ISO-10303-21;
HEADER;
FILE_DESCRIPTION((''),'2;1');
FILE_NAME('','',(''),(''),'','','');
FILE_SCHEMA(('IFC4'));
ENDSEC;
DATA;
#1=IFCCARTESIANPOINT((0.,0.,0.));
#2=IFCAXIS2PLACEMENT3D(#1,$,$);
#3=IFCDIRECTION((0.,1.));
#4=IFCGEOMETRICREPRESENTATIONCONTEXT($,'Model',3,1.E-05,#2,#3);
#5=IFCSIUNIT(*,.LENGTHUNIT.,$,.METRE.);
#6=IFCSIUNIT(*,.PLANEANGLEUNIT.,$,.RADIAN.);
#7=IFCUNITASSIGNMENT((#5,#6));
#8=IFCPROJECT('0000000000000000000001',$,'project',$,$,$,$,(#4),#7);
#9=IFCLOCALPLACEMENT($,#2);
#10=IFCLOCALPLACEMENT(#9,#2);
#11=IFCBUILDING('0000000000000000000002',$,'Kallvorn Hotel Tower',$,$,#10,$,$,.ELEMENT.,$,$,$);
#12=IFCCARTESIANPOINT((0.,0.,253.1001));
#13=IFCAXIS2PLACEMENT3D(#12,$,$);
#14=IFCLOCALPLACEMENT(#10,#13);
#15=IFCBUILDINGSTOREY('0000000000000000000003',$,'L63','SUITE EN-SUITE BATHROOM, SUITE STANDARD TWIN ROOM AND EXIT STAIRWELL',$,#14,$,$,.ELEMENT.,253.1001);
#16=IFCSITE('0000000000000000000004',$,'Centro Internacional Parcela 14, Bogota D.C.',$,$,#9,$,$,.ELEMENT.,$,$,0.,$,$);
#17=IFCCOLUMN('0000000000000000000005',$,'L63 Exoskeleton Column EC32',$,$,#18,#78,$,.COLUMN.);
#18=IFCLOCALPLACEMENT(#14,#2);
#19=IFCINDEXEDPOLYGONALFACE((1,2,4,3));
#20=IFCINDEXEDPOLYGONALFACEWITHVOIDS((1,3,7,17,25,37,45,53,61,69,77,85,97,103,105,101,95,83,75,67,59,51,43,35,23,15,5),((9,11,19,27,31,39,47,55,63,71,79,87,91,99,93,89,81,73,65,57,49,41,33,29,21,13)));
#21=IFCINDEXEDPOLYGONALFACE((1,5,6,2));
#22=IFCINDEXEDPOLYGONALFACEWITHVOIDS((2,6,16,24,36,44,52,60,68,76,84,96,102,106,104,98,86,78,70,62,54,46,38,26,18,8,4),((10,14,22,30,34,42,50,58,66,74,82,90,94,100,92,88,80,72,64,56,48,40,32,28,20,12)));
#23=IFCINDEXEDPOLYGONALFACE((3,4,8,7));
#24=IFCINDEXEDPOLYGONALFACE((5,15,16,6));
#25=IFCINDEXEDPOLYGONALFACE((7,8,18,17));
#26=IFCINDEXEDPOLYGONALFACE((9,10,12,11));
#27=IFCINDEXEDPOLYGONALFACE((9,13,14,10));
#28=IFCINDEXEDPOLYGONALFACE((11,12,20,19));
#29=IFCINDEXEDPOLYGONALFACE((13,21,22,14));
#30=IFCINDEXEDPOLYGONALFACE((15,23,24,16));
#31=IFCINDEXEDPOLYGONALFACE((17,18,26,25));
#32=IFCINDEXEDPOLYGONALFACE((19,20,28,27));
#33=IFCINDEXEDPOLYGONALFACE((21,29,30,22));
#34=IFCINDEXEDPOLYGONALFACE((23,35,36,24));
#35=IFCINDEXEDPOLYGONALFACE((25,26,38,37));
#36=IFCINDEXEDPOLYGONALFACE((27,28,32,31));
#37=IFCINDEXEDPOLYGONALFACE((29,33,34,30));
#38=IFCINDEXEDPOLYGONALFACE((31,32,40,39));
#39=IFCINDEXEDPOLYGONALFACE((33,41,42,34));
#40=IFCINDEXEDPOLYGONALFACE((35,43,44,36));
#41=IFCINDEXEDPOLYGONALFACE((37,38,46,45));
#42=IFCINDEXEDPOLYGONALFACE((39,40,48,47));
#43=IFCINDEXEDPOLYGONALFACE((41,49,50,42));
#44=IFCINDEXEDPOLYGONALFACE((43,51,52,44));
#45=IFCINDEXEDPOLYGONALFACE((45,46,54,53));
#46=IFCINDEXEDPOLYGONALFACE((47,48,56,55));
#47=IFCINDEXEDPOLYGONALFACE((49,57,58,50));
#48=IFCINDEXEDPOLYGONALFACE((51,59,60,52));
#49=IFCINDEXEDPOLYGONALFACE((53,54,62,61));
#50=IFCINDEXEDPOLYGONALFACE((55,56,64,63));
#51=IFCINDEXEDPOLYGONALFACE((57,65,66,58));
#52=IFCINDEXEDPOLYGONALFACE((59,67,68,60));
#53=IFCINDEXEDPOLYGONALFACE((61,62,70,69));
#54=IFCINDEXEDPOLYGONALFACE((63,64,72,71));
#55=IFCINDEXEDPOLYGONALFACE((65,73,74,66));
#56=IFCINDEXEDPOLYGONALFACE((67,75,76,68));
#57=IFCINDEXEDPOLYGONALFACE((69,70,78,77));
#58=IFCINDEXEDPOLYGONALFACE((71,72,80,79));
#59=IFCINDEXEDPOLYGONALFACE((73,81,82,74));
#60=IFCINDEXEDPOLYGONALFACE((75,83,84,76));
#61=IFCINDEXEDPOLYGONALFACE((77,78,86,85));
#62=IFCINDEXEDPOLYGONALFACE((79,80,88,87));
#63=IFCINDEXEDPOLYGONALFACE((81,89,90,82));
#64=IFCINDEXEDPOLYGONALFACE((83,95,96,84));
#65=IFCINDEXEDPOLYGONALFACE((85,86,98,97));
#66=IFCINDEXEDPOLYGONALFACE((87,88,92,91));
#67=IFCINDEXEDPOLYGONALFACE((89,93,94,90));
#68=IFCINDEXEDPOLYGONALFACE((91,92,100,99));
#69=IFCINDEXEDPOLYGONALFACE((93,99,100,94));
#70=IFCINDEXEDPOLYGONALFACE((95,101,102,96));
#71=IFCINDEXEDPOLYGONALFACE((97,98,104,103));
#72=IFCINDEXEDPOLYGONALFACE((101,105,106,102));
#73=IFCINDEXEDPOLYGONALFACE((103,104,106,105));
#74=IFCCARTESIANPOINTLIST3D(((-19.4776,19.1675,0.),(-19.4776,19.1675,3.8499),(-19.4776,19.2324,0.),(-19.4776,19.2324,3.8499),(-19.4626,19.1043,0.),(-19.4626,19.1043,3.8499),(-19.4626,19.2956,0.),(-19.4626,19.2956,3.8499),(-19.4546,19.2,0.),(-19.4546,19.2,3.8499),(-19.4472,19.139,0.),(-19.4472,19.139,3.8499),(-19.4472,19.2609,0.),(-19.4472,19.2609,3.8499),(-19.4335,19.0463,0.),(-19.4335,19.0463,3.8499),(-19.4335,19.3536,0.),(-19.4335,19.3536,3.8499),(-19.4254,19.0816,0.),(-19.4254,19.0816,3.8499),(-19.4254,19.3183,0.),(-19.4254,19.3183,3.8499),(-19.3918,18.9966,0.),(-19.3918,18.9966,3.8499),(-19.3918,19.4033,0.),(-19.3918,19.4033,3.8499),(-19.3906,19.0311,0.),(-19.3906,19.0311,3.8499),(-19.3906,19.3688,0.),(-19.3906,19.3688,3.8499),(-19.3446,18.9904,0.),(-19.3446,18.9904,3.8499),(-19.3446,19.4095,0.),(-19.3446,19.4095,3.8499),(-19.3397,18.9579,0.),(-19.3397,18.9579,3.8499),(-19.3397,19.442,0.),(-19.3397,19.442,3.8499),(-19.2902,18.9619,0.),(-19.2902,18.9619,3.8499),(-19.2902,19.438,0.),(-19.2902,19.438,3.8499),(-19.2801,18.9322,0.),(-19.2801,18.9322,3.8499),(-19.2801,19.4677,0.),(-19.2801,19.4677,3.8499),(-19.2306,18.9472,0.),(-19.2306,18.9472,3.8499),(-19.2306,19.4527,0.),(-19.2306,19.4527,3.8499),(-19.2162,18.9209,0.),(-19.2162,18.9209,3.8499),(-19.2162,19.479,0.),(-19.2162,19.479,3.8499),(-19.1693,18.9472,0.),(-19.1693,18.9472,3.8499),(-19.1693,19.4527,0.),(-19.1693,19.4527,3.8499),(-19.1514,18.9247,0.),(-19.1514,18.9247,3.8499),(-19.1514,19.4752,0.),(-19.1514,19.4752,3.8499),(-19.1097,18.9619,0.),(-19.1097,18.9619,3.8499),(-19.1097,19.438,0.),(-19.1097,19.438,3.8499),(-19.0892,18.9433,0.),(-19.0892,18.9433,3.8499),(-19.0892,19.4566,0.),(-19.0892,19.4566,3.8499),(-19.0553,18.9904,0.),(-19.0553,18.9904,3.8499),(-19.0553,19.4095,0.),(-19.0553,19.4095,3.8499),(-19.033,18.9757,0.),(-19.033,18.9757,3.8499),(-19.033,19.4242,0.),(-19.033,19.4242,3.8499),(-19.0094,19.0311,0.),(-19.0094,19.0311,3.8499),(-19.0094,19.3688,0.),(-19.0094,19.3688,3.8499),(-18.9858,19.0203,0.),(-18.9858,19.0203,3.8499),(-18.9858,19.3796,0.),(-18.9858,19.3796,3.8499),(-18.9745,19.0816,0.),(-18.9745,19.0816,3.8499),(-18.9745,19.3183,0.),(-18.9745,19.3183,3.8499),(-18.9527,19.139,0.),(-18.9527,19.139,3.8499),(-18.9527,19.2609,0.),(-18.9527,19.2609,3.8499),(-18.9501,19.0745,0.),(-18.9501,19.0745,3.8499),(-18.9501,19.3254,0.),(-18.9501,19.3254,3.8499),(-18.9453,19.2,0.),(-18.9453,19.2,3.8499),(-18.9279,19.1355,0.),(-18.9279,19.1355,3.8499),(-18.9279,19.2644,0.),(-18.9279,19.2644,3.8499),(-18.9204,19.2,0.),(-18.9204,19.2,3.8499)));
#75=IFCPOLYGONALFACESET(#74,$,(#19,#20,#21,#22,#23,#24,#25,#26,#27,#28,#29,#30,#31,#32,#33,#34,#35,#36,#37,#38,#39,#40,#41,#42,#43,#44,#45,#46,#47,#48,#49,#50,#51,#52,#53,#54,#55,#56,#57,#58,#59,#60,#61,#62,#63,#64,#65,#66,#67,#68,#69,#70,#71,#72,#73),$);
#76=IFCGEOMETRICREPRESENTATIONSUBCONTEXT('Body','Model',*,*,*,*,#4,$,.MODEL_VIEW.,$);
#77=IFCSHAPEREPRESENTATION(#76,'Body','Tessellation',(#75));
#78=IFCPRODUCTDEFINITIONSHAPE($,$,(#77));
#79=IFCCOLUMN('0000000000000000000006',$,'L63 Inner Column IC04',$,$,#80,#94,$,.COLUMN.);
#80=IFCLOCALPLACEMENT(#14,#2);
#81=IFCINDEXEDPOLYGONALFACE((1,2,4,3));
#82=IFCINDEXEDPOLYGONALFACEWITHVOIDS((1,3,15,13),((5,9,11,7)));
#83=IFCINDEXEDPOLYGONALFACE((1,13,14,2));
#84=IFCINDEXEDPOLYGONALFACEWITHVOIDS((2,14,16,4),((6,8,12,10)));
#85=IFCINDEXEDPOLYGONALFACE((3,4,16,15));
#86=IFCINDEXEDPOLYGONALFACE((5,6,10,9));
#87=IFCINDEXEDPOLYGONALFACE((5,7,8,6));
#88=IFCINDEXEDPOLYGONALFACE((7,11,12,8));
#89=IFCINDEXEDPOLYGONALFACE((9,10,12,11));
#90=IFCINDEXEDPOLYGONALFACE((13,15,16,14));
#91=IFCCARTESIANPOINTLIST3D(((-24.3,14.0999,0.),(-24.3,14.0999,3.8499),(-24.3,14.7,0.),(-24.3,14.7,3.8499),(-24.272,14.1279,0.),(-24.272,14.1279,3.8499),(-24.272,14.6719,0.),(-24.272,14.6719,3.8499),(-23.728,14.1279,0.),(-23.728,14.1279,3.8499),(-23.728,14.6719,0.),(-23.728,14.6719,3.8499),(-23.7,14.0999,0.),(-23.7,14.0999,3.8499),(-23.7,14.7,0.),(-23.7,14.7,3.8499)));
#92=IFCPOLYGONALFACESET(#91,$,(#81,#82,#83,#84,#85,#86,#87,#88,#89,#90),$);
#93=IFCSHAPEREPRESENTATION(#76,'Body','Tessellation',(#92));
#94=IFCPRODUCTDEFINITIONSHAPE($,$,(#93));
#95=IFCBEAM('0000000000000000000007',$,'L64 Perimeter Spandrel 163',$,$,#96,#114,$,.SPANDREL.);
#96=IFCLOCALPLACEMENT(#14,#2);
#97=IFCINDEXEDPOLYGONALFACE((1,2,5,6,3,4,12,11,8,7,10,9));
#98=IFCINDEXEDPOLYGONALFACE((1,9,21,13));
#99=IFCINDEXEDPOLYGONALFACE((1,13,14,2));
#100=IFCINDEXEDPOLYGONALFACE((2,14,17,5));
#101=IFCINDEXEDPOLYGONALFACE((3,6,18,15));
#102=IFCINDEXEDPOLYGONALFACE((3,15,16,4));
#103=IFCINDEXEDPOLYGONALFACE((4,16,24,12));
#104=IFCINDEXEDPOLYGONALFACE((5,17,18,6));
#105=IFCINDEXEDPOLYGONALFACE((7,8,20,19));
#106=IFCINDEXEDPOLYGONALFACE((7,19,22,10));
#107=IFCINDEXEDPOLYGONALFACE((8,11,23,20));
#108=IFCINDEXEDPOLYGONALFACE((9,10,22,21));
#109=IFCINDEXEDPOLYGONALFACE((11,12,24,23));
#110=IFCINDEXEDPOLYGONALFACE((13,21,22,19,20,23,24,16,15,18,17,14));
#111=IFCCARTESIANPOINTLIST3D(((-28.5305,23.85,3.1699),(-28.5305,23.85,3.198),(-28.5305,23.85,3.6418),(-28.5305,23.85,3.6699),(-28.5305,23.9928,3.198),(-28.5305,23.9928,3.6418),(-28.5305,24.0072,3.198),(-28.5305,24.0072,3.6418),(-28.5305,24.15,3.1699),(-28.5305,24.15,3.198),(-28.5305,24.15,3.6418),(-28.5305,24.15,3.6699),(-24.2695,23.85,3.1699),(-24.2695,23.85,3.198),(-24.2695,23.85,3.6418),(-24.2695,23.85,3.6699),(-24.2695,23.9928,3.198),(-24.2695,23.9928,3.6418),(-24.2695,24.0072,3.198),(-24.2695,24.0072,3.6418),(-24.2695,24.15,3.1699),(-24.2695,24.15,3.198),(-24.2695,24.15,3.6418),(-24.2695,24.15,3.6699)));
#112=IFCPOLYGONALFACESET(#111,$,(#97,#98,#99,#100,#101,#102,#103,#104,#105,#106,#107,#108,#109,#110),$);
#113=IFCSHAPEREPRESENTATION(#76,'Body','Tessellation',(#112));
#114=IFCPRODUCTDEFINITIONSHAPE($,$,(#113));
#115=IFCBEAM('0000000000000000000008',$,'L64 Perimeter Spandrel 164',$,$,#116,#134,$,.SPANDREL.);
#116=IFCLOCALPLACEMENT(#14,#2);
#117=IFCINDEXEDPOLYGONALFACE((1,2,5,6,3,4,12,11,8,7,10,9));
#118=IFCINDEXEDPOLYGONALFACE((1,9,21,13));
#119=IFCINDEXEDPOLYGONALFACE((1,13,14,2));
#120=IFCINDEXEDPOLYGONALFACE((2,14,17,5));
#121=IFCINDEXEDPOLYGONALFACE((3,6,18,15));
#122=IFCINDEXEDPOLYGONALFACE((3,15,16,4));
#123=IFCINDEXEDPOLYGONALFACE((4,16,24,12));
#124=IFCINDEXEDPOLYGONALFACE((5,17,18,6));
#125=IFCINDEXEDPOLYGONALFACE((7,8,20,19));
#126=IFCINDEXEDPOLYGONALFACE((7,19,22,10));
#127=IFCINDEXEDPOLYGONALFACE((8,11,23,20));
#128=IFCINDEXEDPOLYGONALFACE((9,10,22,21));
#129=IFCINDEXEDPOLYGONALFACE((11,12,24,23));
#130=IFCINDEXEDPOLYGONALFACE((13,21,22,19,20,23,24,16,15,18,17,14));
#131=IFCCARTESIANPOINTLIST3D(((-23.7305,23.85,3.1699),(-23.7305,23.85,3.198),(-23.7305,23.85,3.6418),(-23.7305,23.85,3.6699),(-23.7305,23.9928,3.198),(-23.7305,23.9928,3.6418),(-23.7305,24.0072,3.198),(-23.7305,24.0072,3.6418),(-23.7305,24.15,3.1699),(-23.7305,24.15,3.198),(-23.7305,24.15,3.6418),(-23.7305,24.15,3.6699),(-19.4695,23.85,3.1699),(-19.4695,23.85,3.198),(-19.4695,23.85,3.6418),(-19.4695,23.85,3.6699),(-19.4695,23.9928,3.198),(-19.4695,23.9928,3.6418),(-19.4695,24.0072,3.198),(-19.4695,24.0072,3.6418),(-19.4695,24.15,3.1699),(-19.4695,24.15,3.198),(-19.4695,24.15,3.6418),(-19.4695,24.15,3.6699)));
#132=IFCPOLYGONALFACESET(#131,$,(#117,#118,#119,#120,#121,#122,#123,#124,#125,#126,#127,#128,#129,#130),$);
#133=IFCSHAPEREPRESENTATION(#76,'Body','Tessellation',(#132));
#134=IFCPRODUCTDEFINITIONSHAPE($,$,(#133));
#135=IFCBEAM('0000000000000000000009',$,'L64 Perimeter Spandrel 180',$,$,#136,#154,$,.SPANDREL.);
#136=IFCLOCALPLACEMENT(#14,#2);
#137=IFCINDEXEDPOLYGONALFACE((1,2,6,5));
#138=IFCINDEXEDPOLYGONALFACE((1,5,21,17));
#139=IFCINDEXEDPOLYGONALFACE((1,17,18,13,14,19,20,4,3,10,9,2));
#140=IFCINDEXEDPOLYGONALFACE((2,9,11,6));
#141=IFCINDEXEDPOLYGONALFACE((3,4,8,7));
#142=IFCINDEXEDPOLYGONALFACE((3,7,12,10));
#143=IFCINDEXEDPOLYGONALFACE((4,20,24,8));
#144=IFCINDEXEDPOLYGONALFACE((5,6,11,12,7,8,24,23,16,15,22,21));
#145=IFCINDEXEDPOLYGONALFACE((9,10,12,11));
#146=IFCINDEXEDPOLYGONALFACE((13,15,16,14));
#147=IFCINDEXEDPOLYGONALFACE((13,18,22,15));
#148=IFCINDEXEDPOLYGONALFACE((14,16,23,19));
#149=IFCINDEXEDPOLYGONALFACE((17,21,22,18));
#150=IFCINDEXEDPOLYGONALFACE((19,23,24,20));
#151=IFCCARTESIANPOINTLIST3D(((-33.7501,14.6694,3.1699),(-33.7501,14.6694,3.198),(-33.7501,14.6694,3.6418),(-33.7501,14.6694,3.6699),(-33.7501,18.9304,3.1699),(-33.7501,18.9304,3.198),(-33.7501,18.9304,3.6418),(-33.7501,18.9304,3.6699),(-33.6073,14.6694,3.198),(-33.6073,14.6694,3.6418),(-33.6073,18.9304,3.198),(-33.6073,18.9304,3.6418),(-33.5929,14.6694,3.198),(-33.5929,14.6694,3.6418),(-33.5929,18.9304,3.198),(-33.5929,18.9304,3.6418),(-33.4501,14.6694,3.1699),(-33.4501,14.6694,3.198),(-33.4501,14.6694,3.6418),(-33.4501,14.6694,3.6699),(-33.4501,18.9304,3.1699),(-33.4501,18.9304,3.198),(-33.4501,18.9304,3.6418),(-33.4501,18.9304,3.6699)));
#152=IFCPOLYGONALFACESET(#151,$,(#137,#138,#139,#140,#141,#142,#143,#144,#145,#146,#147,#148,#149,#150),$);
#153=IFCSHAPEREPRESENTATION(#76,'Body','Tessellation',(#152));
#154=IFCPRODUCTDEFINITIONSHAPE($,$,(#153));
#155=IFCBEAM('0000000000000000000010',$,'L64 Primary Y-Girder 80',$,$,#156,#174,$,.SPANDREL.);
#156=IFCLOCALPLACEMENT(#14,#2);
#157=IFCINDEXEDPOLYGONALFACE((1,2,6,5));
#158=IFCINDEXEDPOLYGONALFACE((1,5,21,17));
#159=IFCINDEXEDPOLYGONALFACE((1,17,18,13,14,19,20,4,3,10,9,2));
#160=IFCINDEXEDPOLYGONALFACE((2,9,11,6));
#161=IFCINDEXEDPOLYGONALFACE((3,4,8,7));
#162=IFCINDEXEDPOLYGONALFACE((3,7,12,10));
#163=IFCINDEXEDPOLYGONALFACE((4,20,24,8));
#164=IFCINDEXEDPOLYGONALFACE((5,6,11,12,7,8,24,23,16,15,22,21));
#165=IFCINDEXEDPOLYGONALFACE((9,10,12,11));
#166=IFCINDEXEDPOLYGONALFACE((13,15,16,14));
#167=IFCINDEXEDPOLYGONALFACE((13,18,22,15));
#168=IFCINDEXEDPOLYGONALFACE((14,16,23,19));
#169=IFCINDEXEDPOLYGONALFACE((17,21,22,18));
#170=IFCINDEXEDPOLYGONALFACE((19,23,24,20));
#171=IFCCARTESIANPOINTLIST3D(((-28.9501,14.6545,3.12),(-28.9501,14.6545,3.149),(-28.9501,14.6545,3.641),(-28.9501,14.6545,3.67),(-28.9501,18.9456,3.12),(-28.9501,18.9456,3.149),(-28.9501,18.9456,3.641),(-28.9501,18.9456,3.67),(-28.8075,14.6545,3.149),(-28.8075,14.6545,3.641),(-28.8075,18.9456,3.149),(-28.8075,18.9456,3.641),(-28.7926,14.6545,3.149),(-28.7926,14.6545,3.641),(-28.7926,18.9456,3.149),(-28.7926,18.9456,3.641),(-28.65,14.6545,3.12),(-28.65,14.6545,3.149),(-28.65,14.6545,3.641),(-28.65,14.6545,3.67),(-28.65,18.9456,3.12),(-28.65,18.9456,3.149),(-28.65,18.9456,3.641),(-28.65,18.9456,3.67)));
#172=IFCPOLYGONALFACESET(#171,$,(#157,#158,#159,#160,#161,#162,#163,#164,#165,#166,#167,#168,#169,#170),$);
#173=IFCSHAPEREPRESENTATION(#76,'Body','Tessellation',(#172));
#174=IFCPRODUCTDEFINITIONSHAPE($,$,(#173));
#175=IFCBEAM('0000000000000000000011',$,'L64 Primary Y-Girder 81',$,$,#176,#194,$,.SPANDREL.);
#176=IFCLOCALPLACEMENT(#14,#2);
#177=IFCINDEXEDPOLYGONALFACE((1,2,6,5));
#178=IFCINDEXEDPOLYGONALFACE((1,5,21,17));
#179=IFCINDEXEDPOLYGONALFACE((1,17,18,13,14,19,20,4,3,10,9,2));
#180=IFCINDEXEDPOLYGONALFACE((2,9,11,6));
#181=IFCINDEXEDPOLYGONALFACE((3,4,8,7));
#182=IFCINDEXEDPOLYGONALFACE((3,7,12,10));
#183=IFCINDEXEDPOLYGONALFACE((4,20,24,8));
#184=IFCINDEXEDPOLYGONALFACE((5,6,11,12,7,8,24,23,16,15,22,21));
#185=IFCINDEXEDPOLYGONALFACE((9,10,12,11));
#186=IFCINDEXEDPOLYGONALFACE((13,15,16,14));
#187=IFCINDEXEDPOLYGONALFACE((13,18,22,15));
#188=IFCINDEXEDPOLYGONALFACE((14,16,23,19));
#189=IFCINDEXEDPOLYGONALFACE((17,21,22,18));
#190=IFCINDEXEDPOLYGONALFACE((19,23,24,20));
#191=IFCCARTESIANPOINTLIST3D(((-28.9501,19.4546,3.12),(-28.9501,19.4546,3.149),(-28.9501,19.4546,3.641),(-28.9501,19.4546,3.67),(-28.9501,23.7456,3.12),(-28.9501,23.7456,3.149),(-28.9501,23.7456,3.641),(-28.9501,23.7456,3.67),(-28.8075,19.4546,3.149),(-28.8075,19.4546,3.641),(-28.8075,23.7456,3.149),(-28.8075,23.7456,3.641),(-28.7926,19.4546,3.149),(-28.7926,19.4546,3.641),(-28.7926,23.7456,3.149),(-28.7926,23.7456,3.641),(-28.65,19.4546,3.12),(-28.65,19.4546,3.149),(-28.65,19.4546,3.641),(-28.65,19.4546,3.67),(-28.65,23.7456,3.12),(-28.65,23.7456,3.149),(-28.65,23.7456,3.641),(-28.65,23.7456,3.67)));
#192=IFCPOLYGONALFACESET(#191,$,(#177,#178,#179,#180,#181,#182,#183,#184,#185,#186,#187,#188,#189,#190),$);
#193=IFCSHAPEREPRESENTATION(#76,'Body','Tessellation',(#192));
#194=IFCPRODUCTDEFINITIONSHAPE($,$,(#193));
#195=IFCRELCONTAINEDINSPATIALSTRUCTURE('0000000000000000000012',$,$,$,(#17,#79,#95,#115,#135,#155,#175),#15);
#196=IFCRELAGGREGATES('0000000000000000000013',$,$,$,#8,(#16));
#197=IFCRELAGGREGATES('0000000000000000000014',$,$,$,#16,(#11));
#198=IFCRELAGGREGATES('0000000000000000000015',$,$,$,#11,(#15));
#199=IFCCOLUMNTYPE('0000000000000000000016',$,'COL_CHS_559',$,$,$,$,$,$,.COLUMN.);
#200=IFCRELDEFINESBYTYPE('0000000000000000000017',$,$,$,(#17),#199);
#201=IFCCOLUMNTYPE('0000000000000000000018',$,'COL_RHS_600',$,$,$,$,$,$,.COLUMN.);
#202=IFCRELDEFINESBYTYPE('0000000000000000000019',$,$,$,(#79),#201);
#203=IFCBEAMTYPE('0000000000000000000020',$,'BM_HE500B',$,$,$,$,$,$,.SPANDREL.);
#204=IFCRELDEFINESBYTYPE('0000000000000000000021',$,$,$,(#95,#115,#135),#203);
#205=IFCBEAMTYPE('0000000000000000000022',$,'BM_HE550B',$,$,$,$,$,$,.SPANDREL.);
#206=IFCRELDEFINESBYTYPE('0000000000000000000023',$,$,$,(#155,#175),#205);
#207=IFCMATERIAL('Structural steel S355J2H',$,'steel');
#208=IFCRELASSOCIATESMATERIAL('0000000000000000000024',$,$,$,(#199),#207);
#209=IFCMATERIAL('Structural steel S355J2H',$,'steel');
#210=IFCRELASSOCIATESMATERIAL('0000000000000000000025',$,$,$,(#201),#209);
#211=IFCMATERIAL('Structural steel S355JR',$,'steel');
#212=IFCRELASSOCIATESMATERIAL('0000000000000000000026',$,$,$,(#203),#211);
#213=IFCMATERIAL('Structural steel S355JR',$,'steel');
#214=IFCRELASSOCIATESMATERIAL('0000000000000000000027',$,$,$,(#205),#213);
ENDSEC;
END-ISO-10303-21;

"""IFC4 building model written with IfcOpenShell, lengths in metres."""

from ifc_helpers import new_model, si_unit, direction, frame, origin, origin_2d, place, context, subcontext, project, spatial, hollow_rectangle, hollow_circle, i_section, extrude, material, material_profile, profile_set, type_object, element, save


model = new_model("IFC4")

# Units and contexts
model_context = context("Model", 3, precision=1e-05, world=origin(), true_north=direction((0.0, 1.0)))
body_context = subcontext(model_context, "Body", "Model", "MODEL_VIEW")
ifc_project = project(units=[si_unit("LENGTHUNIT", "METRE"), si_unit("PLANEANGLEUNIT", "RADIAN")], contexts=[model_context])

# Site, building, storey
site_placement = place(None, origin())
site = spatial("IfcSite", under=ifc_project, at=site_placement, Name="Centro Internacional Parcela 14, Bogota D.C.", CompositionType="ELEMENT", RefElevation=0.0)
building_placement = place(site_placement, origin())
building = spatial("IfcBuilding", under=site, at=building_placement, Name="Kallvorn Hotel Tower", CompositionType="ELEMENT")
storey_placement = place(building_placement, frame((0.0, 0.0, 253.1001)))
storey = spatial("IfcBuildingStorey", under=building, at=storey_placement, Name="L63", Description="SUITE EN-SUITE BATHROOM, SUITE STANDARD TWIN ROOM AND EXIT STAIRWELL", CompositionType="ELEMENT", Elevation=253.1001)

# Columns
ifc_material_1 = material(Name="Structural steel S355J2H", Category="steel")
ifc_material_profile_1 = material_profile(ifc_material_1, hollow_circle(Radius=0.2795, WallThickness=0.0249, at=origin_2d()), Name="CHS 559x25")
ifc_profile_set_1 = profile_set([ifc_material_profile_1], Name="Structural steel S355J2H")
column_type_1 = type_object("IfcColumnType", Name="COL_CHS_559", PredefinedType="COLUMN", material=ifc_profile_set_1)
for number, where, z_axis, x_axis, name in (
    (1, (-19.2, 19.2, 0.0), (0.0, 0.0, 1.0), (1.0, 0.0, 0.0), "L63 Exoskeleton Column EC32"),
):
    element("IfcColumn", number, at=place(storey_placement, frame(where, z_axis=z_axis, x_axis=x_axis)), inside=storey, type_object=column_type_1, Name=name, PredefinedType="COLUMN", context=body_context, shape_type="SweptSolid", body=[
        extrude(hollow_circle(Radius=0.2795, WallThickness=0.0249, at=origin_2d()), origin(), (0.0, 0.0, 1.0), 3.8499),
    ])
ifc_material_2 = material(Name="Structural steel S355J2H", Category="steel")
ifc_material_profile_2 = material_profile(ifc_material_2, hollow_rectangle(XDim=0.6001, YDim=0.6001, WallThickness=0.0281, at=origin_2d()), Name="RHS 600x600x28")
ifc_profile_set_2 = profile_set([ifc_material_profile_2], Name="Structural steel S355J2H")
column_type_2 = type_object("IfcColumnType", Name="COL_RHS_600", PredefinedType="COLUMN", material=ifc_profile_set_2)
column_placement = place(storey_placement, frame((-24.0, 14.3999, 0.0), z_axis=(0.0, 0.0, 1.0), x_axis=(1.0, 0.0, 0.0)))
element("IfcColumn", 2, at=column_placement, inside=storey, type_object=column_type_2, Name="L63 Inner Column IC04", PredefinedType="COLUMN", context=body_context, shape_type="SweptSolid", body=[
    extrude(hollow_rectangle(XDim=0.6001, YDim=0.6001, WallThickness=0.0281, at=origin_2d()), origin(), (0.0, 0.0, 1.0), 3.8499),
])

# Beams
ifc_material_3 = material(Name="Structural steel S355JR", Category="steel")
ifc_material_profile_3 = material_profile(ifc_material_3, i_section(OverallWidth=0.3, OverallDepth=0.5, WebThickness=0.0144, FlangeThickness=0.0281, at=origin_2d()), Name="HE 500 B")
ifc_profile_set_3 = profile_set([ifc_material_profile_3], Name="Structural steel S355JR")
beam_type_1 = type_object("IfcBeamType", Name="BM_HE500B", PredefinedType="SPANDREL", material=ifc_profile_set_3)
for number, where, z_axis, x_axis, name in (
    (3, (-28.5305, 24.0, 3.4199), (1.0, 0.0, 0.0), (0.0, 1.0, 0.0), "L64 Perimeter Spandrel 163"),
    (4, (-23.7305, 24.0, 3.4199), (1.0, 0.0, 0.0), (0.0, 1.0, 0.0), "L64 Perimeter Spandrel 164"),
    (5, (-33.6001, 14.6694, 3.4199), (0.0, 1.0, 0.0), (-1.0, 0.0, 0.0), "L64 Perimeter Spandrel 180"),
):
    element("IfcBeam", number, at=place(storey_placement, frame(where, z_axis=z_axis, x_axis=x_axis)), inside=storey, type_object=beam_type_1, Name=name, PredefinedType="SPANDREL", context=body_context, shape_type="SweptSolid", body=[
        extrude(i_section(OverallWidth=0.3, OverallDepth=0.5, WebThickness=0.0144, FlangeThickness=0.0281, at=origin_2d()), origin(), (0.0, 0.0, 1.0), 4.261),
    ])
ifc_material_4 = material(Name="Structural steel S355JR", Category="steel")
ifc_material_profile_4 = material_profile(ifc_material_4, i_section(OverallWidth=0.3, OverallDepth=0.55, WebThickness=0.0149, FlangeThickness=0.0291, at=origin_2d()), Name="HE 550 B")
ifc_profile_set_4 = profile_set([ifc_material_profile_4], Name="Structural steel S355JR")
beam_type_2 = type_object("IfcBeamType", Name="BM_HE550B", PredefinedType="SPANDREL", material=ifc_profile_set_4)
for number, where, z_axis, x_axis, name in (
    (6, (-28.8, 14.6545, 3.395), (0.0, 1.0, 0.0), (-1.0, 0.0, 0.0), "L64 Primary Y-Girder 80"),
    (7, (-28.8, 19.4546, 3.395), (0.0, 1.0, 0.0), (-1.0, 0.0, 0.0), "L64 Primary Y-Girder 81"),
):
    element("IfcBeam", number, at=place(storey_placement, frame(where, z_axis=z_axis, x_axis=x_axis)), inside=storey, type_object=beam_type_2, Name=name, PredefinedType="SPANDREL", context=body_context, shape_type="SweptSolid", body=[
        extrude(i_section(OverallWidth=0.3, OverallDepth=0.55, WebThickness=0.0149, FlangeThickness=0.0291, at=origin_2d()), origin(), (0.0, 0.0, 1.0), 4.291),
    ])

save(model, "model.ifc")
